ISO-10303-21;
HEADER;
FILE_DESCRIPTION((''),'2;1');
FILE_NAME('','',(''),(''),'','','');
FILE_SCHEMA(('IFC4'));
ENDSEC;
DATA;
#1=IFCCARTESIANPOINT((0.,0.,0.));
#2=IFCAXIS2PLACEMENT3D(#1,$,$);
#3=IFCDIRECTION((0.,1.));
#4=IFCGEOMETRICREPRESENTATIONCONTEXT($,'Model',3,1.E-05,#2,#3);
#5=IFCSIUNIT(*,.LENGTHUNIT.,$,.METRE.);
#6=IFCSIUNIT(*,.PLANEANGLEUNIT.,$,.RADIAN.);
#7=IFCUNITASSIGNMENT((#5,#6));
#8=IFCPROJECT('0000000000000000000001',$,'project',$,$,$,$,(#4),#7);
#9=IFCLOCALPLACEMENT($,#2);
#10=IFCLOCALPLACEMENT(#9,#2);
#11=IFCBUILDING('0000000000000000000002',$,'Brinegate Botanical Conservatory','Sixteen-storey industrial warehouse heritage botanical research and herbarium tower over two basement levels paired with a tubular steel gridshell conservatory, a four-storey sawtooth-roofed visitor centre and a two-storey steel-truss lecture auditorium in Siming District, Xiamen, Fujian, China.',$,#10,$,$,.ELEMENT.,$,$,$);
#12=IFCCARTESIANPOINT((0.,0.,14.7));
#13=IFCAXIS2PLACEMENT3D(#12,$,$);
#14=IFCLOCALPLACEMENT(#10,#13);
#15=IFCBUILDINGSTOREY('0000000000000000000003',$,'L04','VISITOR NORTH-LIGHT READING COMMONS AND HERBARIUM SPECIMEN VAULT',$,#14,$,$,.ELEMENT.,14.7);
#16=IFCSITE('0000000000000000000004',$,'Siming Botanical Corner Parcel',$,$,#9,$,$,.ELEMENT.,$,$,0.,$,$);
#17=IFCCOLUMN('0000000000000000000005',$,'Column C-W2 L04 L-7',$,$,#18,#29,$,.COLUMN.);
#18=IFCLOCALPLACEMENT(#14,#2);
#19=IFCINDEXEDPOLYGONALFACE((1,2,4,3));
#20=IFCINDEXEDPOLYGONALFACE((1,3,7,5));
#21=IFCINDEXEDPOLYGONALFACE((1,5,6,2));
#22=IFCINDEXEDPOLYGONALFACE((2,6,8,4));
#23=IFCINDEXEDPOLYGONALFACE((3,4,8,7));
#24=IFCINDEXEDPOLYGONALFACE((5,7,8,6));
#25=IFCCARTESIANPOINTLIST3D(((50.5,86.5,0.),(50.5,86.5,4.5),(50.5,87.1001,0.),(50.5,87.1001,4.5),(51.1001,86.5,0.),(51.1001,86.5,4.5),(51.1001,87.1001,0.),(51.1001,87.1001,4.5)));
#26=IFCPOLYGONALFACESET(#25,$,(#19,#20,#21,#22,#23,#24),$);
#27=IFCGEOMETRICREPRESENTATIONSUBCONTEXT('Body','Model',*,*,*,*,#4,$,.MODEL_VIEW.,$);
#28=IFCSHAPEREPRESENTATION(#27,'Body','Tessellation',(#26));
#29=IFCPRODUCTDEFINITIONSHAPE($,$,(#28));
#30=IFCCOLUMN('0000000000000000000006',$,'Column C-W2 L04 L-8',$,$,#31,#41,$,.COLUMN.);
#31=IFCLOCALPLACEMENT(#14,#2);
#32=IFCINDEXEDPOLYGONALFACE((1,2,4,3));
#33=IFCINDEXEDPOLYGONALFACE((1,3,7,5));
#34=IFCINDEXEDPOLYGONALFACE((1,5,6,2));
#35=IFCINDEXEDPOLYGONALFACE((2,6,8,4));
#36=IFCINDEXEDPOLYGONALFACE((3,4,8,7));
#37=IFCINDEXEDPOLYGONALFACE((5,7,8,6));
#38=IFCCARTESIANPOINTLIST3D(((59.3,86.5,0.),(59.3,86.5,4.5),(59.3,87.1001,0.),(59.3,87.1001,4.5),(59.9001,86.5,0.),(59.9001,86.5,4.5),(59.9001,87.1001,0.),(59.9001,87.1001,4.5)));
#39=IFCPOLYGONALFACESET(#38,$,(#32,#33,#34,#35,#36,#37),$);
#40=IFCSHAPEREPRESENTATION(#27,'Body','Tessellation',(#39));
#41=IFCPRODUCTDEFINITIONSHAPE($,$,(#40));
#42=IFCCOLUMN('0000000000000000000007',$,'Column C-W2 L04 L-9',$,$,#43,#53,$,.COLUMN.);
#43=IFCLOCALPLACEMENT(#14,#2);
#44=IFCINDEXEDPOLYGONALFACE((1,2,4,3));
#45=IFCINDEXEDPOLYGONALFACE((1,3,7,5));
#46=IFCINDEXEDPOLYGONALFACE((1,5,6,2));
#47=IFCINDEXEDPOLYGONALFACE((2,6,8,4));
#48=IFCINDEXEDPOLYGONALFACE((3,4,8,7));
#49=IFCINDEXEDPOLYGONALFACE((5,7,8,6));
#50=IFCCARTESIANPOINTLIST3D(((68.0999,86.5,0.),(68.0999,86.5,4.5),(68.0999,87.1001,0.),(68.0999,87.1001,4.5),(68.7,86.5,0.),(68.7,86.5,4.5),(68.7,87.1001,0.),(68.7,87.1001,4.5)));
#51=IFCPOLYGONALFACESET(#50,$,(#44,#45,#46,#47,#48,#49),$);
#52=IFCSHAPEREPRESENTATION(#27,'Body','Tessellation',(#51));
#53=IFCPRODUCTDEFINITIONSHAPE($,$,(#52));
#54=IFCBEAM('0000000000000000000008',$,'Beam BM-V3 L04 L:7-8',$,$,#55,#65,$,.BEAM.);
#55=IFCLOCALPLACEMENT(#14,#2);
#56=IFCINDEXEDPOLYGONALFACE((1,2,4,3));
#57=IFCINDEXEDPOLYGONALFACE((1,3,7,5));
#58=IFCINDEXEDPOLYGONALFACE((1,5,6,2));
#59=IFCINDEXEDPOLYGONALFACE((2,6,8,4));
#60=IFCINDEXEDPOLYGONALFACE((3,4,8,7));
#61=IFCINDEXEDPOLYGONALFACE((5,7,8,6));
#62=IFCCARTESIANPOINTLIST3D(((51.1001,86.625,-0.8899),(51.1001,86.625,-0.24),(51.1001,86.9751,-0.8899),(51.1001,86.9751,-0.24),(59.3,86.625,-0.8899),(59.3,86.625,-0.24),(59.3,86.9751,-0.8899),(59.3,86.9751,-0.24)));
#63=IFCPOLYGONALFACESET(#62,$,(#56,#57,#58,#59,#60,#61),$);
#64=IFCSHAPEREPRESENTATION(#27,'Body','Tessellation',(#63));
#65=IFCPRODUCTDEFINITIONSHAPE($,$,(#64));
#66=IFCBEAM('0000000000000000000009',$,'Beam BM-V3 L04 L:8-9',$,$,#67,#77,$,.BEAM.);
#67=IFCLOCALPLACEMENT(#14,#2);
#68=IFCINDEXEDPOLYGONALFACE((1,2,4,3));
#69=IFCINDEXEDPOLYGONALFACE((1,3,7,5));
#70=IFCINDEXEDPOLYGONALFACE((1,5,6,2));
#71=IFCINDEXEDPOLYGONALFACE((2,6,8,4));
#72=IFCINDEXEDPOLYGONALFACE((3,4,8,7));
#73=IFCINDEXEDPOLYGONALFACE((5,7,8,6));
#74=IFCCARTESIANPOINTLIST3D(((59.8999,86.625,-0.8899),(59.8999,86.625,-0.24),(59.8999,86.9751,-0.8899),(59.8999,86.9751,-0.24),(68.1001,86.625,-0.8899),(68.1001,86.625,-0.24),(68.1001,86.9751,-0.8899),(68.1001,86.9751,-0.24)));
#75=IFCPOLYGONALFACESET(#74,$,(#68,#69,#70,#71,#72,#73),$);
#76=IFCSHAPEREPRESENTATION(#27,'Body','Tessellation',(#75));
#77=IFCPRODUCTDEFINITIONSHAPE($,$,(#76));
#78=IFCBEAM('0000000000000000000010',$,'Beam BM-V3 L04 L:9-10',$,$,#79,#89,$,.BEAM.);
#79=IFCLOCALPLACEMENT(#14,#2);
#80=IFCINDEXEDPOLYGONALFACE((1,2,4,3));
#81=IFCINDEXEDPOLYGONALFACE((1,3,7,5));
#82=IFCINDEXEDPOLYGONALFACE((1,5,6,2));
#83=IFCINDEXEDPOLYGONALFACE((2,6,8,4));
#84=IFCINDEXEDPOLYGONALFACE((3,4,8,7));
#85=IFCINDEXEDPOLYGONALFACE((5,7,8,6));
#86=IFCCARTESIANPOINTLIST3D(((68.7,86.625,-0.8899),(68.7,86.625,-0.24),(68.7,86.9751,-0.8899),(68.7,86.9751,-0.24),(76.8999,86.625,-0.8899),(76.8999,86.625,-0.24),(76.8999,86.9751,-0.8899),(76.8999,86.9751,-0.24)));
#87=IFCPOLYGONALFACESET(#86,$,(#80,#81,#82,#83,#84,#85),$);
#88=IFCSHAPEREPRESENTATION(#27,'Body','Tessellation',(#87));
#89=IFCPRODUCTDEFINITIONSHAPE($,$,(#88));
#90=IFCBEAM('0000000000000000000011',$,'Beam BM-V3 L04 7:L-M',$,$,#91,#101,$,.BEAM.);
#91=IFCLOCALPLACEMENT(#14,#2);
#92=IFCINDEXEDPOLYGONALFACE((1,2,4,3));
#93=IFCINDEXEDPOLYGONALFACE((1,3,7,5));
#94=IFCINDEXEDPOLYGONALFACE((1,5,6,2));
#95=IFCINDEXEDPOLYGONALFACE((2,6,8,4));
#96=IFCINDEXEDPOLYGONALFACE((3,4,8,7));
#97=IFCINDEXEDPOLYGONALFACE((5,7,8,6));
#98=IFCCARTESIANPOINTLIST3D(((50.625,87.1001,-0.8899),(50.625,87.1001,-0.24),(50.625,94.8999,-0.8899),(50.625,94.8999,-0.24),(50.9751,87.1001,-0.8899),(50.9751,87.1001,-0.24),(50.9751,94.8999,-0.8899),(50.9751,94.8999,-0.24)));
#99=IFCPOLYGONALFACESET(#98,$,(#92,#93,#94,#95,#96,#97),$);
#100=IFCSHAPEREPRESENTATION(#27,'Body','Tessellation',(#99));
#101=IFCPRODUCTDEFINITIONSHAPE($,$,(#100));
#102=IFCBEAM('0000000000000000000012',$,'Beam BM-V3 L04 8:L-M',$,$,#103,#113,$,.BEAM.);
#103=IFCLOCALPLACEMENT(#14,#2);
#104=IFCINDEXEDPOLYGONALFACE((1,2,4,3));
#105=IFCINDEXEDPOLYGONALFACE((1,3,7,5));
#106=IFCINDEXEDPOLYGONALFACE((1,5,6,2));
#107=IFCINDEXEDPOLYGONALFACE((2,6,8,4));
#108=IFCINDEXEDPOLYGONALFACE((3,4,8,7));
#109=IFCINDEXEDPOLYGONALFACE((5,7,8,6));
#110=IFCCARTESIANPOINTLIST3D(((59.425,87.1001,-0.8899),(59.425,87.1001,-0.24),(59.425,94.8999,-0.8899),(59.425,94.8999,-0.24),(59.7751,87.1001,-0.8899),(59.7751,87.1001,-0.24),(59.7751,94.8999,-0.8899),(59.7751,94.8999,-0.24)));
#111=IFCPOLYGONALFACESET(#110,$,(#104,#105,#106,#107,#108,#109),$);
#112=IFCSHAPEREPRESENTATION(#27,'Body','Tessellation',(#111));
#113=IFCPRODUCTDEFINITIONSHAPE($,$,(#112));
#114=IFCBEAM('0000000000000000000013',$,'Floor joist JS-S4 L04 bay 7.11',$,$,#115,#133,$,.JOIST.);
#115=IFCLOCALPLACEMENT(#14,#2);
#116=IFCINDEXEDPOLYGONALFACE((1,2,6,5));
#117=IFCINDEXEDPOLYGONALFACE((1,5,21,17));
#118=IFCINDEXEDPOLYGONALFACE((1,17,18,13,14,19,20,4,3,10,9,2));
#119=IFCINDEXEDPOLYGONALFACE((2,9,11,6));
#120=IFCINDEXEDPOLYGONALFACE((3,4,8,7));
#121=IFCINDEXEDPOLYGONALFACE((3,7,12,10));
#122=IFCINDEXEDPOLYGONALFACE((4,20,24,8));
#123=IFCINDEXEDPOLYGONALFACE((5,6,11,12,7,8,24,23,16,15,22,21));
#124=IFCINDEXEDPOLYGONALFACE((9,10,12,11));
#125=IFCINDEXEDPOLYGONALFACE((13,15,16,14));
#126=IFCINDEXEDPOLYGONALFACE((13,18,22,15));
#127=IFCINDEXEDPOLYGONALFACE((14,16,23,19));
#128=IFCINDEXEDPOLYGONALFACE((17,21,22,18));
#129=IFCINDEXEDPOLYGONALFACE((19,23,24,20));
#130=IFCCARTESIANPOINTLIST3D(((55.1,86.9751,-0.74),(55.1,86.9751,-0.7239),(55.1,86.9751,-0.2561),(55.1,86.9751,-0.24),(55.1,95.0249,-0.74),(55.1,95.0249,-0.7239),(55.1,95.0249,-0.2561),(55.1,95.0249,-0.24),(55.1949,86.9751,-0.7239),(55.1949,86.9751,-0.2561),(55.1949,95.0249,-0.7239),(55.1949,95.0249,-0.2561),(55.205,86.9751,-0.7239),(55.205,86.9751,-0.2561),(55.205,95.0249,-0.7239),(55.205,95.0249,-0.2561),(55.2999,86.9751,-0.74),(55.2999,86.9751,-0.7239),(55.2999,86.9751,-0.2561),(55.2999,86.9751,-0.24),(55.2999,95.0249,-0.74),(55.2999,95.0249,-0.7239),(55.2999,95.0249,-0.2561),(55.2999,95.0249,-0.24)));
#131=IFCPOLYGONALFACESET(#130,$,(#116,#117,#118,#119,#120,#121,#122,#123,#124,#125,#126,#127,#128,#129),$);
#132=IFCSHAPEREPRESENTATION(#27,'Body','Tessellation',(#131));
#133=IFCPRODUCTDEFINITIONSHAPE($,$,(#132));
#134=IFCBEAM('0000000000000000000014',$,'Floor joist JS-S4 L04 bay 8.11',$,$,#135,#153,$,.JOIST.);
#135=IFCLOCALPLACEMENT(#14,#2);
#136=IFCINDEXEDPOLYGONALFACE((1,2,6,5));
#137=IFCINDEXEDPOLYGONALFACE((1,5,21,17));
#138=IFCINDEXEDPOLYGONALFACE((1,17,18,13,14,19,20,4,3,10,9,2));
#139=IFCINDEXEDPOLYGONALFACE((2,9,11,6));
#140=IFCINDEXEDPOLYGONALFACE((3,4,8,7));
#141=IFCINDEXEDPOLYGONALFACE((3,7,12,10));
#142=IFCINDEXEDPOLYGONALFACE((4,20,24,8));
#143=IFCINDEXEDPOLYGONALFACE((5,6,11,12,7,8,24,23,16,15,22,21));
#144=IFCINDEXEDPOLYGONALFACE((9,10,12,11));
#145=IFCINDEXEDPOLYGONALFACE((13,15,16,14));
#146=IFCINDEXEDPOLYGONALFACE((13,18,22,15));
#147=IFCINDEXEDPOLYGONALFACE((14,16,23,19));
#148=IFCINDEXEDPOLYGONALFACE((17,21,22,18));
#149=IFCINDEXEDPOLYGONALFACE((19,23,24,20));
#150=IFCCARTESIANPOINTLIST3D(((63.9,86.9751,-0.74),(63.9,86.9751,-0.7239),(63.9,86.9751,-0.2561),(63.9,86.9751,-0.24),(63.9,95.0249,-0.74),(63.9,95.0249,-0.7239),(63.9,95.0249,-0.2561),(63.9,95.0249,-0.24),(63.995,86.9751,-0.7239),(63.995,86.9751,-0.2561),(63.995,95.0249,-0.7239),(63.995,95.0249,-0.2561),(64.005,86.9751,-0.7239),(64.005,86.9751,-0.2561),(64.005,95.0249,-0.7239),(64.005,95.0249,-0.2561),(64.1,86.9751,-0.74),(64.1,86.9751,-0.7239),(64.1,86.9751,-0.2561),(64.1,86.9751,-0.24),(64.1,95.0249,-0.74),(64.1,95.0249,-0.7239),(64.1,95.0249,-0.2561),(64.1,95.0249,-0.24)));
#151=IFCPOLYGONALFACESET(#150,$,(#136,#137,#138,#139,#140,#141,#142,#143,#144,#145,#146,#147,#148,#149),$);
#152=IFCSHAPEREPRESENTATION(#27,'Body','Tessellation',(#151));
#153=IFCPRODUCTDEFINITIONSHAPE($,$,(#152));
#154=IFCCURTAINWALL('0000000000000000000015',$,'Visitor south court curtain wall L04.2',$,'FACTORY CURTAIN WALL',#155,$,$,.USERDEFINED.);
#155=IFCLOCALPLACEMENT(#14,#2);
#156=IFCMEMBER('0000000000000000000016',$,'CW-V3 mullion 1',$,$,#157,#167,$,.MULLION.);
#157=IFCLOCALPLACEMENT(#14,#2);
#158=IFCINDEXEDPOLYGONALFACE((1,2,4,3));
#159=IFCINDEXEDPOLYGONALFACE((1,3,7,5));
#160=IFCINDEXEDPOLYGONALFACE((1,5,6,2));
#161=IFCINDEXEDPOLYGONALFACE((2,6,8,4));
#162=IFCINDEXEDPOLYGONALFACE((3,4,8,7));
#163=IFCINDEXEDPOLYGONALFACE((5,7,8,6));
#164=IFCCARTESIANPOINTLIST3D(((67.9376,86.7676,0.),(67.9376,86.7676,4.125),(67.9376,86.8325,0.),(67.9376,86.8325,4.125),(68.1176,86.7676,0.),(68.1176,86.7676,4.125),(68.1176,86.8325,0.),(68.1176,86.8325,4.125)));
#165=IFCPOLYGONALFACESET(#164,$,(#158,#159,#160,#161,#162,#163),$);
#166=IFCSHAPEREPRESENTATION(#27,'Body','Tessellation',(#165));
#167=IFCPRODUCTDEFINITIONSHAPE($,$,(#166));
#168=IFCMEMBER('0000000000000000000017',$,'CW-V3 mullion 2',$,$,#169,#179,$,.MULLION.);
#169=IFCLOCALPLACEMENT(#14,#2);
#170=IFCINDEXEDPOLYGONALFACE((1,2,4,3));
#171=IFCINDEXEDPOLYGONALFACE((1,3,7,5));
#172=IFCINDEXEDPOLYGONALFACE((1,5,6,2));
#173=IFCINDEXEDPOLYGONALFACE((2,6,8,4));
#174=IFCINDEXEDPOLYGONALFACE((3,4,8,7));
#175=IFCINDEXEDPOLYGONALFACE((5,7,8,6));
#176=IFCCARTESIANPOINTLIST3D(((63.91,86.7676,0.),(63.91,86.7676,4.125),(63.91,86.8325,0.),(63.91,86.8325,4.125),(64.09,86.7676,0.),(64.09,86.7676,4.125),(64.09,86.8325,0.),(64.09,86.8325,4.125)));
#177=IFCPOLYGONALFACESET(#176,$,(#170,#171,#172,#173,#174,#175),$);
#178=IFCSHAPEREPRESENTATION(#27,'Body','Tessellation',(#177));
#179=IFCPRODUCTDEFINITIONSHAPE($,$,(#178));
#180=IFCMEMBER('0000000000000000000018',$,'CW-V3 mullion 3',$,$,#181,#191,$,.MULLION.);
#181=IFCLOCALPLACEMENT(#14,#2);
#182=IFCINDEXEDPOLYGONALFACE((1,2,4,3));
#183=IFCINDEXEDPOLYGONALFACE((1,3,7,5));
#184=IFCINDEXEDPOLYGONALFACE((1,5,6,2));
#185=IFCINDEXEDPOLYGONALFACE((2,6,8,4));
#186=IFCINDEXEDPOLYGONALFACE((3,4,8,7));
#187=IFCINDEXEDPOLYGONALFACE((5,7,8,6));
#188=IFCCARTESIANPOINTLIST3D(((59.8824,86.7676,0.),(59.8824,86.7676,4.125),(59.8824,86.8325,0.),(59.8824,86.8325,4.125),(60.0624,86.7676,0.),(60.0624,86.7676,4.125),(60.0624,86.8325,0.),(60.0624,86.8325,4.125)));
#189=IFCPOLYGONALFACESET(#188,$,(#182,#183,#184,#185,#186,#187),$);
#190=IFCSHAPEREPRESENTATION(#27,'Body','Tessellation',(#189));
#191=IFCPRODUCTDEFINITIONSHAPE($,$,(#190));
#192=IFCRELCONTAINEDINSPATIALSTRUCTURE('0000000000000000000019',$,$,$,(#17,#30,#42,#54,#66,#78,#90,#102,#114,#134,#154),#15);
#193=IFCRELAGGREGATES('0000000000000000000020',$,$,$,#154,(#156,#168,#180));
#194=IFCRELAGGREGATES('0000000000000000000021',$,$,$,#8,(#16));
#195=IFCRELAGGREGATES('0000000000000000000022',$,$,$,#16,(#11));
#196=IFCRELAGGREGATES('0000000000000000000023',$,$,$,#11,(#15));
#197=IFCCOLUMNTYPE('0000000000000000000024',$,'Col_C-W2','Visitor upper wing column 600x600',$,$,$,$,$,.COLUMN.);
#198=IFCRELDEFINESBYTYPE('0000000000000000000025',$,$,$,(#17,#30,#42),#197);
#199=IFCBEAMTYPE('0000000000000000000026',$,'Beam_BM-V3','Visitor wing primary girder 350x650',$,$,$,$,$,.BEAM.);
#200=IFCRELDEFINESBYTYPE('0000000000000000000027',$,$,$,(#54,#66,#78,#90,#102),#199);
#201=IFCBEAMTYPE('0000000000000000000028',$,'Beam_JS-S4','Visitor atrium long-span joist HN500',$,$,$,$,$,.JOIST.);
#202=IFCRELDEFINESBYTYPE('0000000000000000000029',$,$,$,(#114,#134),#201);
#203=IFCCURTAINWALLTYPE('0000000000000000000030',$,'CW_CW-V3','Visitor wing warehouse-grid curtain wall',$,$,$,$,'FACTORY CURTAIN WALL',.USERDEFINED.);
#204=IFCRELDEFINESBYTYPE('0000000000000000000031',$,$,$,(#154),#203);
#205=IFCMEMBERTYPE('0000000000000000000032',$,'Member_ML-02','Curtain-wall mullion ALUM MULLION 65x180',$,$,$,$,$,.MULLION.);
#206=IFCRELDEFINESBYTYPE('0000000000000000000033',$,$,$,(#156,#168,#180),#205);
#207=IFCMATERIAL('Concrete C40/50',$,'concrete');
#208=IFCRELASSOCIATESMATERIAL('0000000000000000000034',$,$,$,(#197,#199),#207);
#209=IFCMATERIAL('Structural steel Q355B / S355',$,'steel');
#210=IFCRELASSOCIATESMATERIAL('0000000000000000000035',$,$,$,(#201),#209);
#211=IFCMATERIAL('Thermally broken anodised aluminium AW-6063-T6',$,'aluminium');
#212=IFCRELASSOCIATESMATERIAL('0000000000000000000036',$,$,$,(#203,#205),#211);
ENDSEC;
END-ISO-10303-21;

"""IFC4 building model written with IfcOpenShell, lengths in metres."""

from ifc_helpers import new_model, si_unit, direction, frame, origin, origin_2d, place, context, subcontext, project, spatial, rectangle, i_section, extrude, material, material_profile, profile_set, type_object, element, aggregate, save


model = new_model("IFC4")

# Units and contexts
model_context = context("Model", 3, precision=1e-05, world=origin(), true_north=direction((0.0, 1.0)))
body_context = subcontext(model_context, "Body", "Model", "MODEL_VIEW")
ifc_project = project(units=[si_unit("LENGTHUNIT", "METRE"), si_unit("PLANEANGLEUNIT", "RADIAN")], contexts=[model_context])

# Site, building, storey
site_placement = place(None, origin())
site = spatial("IfcSite", under=ifc_project, at=site_placement, Name="Siming Botanical Corner Parcel", CompositionType="ELEMENT", RefElevation=0.0)
building_placement = place(site_placement, origin())
building = spatial("IfcBuilding", under=site, at=building_placement, Name="Brinegate Botanical Conservatory", Description="Sixteen-storey industrial warehouse heritage botanical research and herbarium tower over two basement levels paired with a tubular steel gridshell conservatory, a four-storey sawtooth-roofed visitor centre and a two-storey steel-truss lecture auditorium in Siming District, Xiamen, Fujian, China.", CompositionType="ELEMENT")
storey_placement = place(building_placement, frame((0.0, 0.0, 14.7)))
storey = spatial("IfcBuildingStorey", under=building, at=storey_placement, Name="L04", Description="VISITOR NORTH-LIGHT READING COMMONS AND HERBARIUM SPECIMEN VAULT", CompositionType="ELEMENT", Elevation=14.7)

# Columns
ifc_material_1 = material(Name="Concrete C40/50", Category="concrete")
ifc_material_profile_1 = material_profile(ifc_material_1, rectangle(XDim=0.6001, YDim=0.6001, at=origin_2d()), Name="RC COL 600x600")
ifc_profile_set_1 = profile_set([ifc_material_profile_1], Name="Concrete C40/50")
column_type = type_object("IfcColumnType", Name="Col_C-W2", Description="Visitor upper wing column 600x600", PredefinedType="COLUMN", material=ifc_profile_set_1)
for number, where, z_axis, x_axis, name in (
    (1, (50.8, 86.8, 0.0), (0.0, 0.0, 1.0), (1.0, 0.0, 0.0), "Column C-W2 L04 L-7"),
    (2, (59.6001, 86.8, 0.0), (0.0, 0.0, 1.0), (1.0, 0.0, 0.0), "Column C-W2 L04 L-8"),
    (3, (68.3999, 86.8, 0.0), (0.0, 0.0, 1.0), (1.0, 0.0, 0.0), "Column C-W2 L04 L-9"),
):
    element("IfcColumn", number, at=place(storey_placement, frame(where, z_axis=z_axis, x_axis=x_axis)), inside=storey, type_object=column_type, Name=name, PredefinedType="COLUMN", context=body_context, shape_type="SweptSolid", body=[
        extrude(rectangle(XDim=0.6001, YDim=0.6001, at=origin_2d()), origin(), (0.0, 0.0, 1.0), 4.5),
    ])

# Beams
ifc_material_profile_2 = material_profile(ifc_material_1, rectangle(XDim=0.3501, YDim=0.6499, at=origin_2d()), Name="RC BM 350x650")
ifc_profile_set_2 = profile_set([ifc_material_profile_2], Name="Concrete C40/50")
beam_type_1 = type_object("IfcBeamType", Name="Beam_BM-V3", Description="Visitor wing primary girder 350x650", PredefinedType="BEAM", material=ifc_profile_set_2)
beam_1_placement = place(storey_placement, frame((51.1001, 86.8, -0.5649), z_axis=(1.0, 0.0, 0.0), x_axis=(0.0, 1.0, 0.0)))
element("IfcBeam", 4, at=beam_1_placement, inside=storey, type_object=beam_type_1, Name="Beam BM-V3 L04 L:7-8", PredefinedType="BEAM", context=body_context, shape_type="SweptSolid", body=[
    extrude(rectangle(XDim=0.3501, YDim=0.6499, at=origin_2d()), origin(), (0.0, 0.0, 1.0), 8.2),
])
beam_2_placement = place(storey_placement, frame((59.8999, 86.8, -0.5649), z_axis=(1.0, 0.0, 0.0), x_axis=(0.0, 1.0, 0.0)))
element("IfcBeam", 5, at=beam_2_placement, inside=storey, type_object=beam_type_1, Name="Beam BM-V3 L04 L:8-9", PredefinedType="BEAM", context=body_context, shape_type="SweptSolid", body=[
    extrude(rectangle(XDim=0.3501, YDim=0.6499, at=origin_2d()), origin(), (0.0, 0.0, 1.0), 8.2002),
])
beam_3_placement = place(storey_placement, frame((68.7, 86.8, -0.5649), z_axis=(1.0, 0.0, 0.0), x_axis=(0.0, 1.0, 0.0)))
element("IfcBeam", 6, at=beam_3_placement, inside=storey, type_object=beam_type_1, Name="Beam BM-V3 L04 L:9-10", PredefinedType="BEAM", context=body_context, shape_type="SweptSolid", body=[
    extrude(rectangle(XDim=0.3501, YDim=0.6499, at=origin_2d()), origin(), (0.0, 0.0, 1.0), 8.2),
])
for number, where, z_axis, x_axis, name in (
    (7, (50.8, 87.1001, -0.5649), (0.0, 1.0, 0.0), (-1.0, 0.0, 0.0), "Beam BM-V3 L04 7:L-M"),
    (8, (59.6001, 87.1001, -0.5649), (0.0, 1.0, 0.0), (-1.0, 0.0, 0.0), "Beam BM-V3 L04 8:L-M"),
):
    element("IfcBeam", number, at=place(storey_placement, frame(where, z_axis=z_axis, x_axis=x_axis)), inside=storey, type_object=beam_type_1, Name=name, PredefinedType="BEAM", context=body_context, shape_type="SweptSolid", body=[
        extrude(rectangle(XDim=0.3501, YDim=0.6499, at=origin_2d()), origin(), (0.0, 0.0, 1.0), 7.7998),
    ])
ifc_material_2 = material(Name="Structural steel Q355B / S355", Category="steel")
ifc_material_profile_3 = material_profile(ifc_material_2, i_section(OverallWidth=0.2, OverallDepth=0.5, WebThickness=0.01, FlangeThickness=0.0161, at=origin_2d()), Name="HN 500x200x10x16")
ifc_profile_set_3 = profile_set([ifc_material_profile_3], Name="Structural steel Q355B / S355")
beam_type_2 = type_object("IfcBeamType", Name="Beam_JS-S4", Description="Visitor atrium long-span joist HN500", PredefinedType="JOIST", material=ifc_profile_set_3)
for number, where, z_axis, x_axis, name in (
    (9, (55.2, 86.9751, -0.49), (0.0, 1.0, 0.0), (-1.0, 0.0, 0.0), "Floor joist JS-S4 L04 bay 7.11"),
    (10, (64.0, 86.9751, -0.49), (0.0, 1.0, 0.0), (-1.0, 0.0, 0.0), "Floor joist JS-S4 L04 bay 8.11"),
):
    element("IfcBeam", number, at=place(storey_placement, frame(where, z_axis=z_axis, x_axis=x_axis)), inside=storey, type_object=beam_type_2, Name=name, PredefinedType="JOIST", context=body_context, shape_type="SweptSolid", body=[
        extrude(i_section(OverallWidth=0.2, OverallDepth=0.5, WebThickness=0.01, FlangeThickness=0.0161, at=origin_2d()), origin(), (0.0, 0.0, 1.0), 8.0498),
    ])

# Curtain wall, members
ifc_material_3 = material(Name="Thermally broken anodised aluminium AW-6063-T6", Category="aluminium")
curtain_wall_type = type_object("IfcCurtainWallType", Name="CW_CW-V3", Description="Visitor wing warehouse-grid curtain wall", ElementType="FACTORY CURTAIN WALL", PredefinedType="USERDEFINED", material=ifc_material_3)
curtain_wall_placement = place(storey_placement, origin())
curtain_wall = element("IfcCurtainWall", 11, at=curtain_wall_placement, inside=storey, type_object=curtain_wall_type, Name="Visitor south court curtain wall L04.2", ObjectType="FACTORY CURTAIN WALL", PredefinedType="USERDEFINED")
ifc_material_profile_4 = material_profile(ifc_material_3, rectangle(XDim=0.0649, YDim=0.1799, at=origin_2d()), Name="ALUM MULLION 65x180")
ifc_profile_set_4 = profile_set([ifc_material_profile_4], Name="Thermally broken anodised aluminium AW-6063-T6")
member_type_1 = type_object("IfcMemberType", Name="Member_ML-02", Description="Curtain-wall mullion ALUM MULLION 65x180", PredefinedType="MULLION", material=ifc_profile_set_4)
member_1_placement = place(storey_placement, frame((68.0276, 86.8, 0.0), z_axis=(0.0, 0.0, 1.0), x_axis=(0.0, -1.0, 0.0)))
member_1 = element("IfcMember", 12, at=member_1_placement, type_object=member_type_1, Name="CW-V3 mullion 1", PredefinedType="MULLION", context=body_context, shape_type="SweptSolid", body=[
    extrude(rectangle(XDim=0.0649, YDim=0.1799, at=origin_2d()), origin(), (0.0, 0.0, 1.0), 4.125),
])
member_2_placement = place(storey_placement, frame((64.0, 86.8, 0.0), z_axis=(0.0, 0.0, 1.0), x_axis=(0.0, -1.0, 0.0)))
member_2 = element("IfcMember", 13, at=member_2_placement, type_object=member_type_1, Name="CW-V3 mullion 2", PredefinedType="MULLION", context=body_context, shape_type="SweptSolid", body=[
    extrude(rectangle(XDim=0.0649, YDim=0.1799, at=origin_2d()), origin(), (0.0, 0.0, 1.0), 4.125),
])
member_3_placement = place(storey_placement, frame((59.9724, 86.8, 0.0), z_axis=(0.0, 0.0, 1.0), x_axis=(0.0, -1.0, 0.0)))
member_3 = element("IfcMember", 14, at=member_3_placement, type_object=member_type_1, Name="CW-V3 mullion 3", PredefinedType="MULLION", context=body_context, shape_type="SweptSolid", body=[
    extrude(rectangle(XDim=0.0649, YDim=0.1799, at=origin_2d()), origin(), (0.0, 0.0, 1.0), 4.125),
])
aggregate(curtain_wall, [member_1, member_2, member_3])

save(model, "model.ifc")
